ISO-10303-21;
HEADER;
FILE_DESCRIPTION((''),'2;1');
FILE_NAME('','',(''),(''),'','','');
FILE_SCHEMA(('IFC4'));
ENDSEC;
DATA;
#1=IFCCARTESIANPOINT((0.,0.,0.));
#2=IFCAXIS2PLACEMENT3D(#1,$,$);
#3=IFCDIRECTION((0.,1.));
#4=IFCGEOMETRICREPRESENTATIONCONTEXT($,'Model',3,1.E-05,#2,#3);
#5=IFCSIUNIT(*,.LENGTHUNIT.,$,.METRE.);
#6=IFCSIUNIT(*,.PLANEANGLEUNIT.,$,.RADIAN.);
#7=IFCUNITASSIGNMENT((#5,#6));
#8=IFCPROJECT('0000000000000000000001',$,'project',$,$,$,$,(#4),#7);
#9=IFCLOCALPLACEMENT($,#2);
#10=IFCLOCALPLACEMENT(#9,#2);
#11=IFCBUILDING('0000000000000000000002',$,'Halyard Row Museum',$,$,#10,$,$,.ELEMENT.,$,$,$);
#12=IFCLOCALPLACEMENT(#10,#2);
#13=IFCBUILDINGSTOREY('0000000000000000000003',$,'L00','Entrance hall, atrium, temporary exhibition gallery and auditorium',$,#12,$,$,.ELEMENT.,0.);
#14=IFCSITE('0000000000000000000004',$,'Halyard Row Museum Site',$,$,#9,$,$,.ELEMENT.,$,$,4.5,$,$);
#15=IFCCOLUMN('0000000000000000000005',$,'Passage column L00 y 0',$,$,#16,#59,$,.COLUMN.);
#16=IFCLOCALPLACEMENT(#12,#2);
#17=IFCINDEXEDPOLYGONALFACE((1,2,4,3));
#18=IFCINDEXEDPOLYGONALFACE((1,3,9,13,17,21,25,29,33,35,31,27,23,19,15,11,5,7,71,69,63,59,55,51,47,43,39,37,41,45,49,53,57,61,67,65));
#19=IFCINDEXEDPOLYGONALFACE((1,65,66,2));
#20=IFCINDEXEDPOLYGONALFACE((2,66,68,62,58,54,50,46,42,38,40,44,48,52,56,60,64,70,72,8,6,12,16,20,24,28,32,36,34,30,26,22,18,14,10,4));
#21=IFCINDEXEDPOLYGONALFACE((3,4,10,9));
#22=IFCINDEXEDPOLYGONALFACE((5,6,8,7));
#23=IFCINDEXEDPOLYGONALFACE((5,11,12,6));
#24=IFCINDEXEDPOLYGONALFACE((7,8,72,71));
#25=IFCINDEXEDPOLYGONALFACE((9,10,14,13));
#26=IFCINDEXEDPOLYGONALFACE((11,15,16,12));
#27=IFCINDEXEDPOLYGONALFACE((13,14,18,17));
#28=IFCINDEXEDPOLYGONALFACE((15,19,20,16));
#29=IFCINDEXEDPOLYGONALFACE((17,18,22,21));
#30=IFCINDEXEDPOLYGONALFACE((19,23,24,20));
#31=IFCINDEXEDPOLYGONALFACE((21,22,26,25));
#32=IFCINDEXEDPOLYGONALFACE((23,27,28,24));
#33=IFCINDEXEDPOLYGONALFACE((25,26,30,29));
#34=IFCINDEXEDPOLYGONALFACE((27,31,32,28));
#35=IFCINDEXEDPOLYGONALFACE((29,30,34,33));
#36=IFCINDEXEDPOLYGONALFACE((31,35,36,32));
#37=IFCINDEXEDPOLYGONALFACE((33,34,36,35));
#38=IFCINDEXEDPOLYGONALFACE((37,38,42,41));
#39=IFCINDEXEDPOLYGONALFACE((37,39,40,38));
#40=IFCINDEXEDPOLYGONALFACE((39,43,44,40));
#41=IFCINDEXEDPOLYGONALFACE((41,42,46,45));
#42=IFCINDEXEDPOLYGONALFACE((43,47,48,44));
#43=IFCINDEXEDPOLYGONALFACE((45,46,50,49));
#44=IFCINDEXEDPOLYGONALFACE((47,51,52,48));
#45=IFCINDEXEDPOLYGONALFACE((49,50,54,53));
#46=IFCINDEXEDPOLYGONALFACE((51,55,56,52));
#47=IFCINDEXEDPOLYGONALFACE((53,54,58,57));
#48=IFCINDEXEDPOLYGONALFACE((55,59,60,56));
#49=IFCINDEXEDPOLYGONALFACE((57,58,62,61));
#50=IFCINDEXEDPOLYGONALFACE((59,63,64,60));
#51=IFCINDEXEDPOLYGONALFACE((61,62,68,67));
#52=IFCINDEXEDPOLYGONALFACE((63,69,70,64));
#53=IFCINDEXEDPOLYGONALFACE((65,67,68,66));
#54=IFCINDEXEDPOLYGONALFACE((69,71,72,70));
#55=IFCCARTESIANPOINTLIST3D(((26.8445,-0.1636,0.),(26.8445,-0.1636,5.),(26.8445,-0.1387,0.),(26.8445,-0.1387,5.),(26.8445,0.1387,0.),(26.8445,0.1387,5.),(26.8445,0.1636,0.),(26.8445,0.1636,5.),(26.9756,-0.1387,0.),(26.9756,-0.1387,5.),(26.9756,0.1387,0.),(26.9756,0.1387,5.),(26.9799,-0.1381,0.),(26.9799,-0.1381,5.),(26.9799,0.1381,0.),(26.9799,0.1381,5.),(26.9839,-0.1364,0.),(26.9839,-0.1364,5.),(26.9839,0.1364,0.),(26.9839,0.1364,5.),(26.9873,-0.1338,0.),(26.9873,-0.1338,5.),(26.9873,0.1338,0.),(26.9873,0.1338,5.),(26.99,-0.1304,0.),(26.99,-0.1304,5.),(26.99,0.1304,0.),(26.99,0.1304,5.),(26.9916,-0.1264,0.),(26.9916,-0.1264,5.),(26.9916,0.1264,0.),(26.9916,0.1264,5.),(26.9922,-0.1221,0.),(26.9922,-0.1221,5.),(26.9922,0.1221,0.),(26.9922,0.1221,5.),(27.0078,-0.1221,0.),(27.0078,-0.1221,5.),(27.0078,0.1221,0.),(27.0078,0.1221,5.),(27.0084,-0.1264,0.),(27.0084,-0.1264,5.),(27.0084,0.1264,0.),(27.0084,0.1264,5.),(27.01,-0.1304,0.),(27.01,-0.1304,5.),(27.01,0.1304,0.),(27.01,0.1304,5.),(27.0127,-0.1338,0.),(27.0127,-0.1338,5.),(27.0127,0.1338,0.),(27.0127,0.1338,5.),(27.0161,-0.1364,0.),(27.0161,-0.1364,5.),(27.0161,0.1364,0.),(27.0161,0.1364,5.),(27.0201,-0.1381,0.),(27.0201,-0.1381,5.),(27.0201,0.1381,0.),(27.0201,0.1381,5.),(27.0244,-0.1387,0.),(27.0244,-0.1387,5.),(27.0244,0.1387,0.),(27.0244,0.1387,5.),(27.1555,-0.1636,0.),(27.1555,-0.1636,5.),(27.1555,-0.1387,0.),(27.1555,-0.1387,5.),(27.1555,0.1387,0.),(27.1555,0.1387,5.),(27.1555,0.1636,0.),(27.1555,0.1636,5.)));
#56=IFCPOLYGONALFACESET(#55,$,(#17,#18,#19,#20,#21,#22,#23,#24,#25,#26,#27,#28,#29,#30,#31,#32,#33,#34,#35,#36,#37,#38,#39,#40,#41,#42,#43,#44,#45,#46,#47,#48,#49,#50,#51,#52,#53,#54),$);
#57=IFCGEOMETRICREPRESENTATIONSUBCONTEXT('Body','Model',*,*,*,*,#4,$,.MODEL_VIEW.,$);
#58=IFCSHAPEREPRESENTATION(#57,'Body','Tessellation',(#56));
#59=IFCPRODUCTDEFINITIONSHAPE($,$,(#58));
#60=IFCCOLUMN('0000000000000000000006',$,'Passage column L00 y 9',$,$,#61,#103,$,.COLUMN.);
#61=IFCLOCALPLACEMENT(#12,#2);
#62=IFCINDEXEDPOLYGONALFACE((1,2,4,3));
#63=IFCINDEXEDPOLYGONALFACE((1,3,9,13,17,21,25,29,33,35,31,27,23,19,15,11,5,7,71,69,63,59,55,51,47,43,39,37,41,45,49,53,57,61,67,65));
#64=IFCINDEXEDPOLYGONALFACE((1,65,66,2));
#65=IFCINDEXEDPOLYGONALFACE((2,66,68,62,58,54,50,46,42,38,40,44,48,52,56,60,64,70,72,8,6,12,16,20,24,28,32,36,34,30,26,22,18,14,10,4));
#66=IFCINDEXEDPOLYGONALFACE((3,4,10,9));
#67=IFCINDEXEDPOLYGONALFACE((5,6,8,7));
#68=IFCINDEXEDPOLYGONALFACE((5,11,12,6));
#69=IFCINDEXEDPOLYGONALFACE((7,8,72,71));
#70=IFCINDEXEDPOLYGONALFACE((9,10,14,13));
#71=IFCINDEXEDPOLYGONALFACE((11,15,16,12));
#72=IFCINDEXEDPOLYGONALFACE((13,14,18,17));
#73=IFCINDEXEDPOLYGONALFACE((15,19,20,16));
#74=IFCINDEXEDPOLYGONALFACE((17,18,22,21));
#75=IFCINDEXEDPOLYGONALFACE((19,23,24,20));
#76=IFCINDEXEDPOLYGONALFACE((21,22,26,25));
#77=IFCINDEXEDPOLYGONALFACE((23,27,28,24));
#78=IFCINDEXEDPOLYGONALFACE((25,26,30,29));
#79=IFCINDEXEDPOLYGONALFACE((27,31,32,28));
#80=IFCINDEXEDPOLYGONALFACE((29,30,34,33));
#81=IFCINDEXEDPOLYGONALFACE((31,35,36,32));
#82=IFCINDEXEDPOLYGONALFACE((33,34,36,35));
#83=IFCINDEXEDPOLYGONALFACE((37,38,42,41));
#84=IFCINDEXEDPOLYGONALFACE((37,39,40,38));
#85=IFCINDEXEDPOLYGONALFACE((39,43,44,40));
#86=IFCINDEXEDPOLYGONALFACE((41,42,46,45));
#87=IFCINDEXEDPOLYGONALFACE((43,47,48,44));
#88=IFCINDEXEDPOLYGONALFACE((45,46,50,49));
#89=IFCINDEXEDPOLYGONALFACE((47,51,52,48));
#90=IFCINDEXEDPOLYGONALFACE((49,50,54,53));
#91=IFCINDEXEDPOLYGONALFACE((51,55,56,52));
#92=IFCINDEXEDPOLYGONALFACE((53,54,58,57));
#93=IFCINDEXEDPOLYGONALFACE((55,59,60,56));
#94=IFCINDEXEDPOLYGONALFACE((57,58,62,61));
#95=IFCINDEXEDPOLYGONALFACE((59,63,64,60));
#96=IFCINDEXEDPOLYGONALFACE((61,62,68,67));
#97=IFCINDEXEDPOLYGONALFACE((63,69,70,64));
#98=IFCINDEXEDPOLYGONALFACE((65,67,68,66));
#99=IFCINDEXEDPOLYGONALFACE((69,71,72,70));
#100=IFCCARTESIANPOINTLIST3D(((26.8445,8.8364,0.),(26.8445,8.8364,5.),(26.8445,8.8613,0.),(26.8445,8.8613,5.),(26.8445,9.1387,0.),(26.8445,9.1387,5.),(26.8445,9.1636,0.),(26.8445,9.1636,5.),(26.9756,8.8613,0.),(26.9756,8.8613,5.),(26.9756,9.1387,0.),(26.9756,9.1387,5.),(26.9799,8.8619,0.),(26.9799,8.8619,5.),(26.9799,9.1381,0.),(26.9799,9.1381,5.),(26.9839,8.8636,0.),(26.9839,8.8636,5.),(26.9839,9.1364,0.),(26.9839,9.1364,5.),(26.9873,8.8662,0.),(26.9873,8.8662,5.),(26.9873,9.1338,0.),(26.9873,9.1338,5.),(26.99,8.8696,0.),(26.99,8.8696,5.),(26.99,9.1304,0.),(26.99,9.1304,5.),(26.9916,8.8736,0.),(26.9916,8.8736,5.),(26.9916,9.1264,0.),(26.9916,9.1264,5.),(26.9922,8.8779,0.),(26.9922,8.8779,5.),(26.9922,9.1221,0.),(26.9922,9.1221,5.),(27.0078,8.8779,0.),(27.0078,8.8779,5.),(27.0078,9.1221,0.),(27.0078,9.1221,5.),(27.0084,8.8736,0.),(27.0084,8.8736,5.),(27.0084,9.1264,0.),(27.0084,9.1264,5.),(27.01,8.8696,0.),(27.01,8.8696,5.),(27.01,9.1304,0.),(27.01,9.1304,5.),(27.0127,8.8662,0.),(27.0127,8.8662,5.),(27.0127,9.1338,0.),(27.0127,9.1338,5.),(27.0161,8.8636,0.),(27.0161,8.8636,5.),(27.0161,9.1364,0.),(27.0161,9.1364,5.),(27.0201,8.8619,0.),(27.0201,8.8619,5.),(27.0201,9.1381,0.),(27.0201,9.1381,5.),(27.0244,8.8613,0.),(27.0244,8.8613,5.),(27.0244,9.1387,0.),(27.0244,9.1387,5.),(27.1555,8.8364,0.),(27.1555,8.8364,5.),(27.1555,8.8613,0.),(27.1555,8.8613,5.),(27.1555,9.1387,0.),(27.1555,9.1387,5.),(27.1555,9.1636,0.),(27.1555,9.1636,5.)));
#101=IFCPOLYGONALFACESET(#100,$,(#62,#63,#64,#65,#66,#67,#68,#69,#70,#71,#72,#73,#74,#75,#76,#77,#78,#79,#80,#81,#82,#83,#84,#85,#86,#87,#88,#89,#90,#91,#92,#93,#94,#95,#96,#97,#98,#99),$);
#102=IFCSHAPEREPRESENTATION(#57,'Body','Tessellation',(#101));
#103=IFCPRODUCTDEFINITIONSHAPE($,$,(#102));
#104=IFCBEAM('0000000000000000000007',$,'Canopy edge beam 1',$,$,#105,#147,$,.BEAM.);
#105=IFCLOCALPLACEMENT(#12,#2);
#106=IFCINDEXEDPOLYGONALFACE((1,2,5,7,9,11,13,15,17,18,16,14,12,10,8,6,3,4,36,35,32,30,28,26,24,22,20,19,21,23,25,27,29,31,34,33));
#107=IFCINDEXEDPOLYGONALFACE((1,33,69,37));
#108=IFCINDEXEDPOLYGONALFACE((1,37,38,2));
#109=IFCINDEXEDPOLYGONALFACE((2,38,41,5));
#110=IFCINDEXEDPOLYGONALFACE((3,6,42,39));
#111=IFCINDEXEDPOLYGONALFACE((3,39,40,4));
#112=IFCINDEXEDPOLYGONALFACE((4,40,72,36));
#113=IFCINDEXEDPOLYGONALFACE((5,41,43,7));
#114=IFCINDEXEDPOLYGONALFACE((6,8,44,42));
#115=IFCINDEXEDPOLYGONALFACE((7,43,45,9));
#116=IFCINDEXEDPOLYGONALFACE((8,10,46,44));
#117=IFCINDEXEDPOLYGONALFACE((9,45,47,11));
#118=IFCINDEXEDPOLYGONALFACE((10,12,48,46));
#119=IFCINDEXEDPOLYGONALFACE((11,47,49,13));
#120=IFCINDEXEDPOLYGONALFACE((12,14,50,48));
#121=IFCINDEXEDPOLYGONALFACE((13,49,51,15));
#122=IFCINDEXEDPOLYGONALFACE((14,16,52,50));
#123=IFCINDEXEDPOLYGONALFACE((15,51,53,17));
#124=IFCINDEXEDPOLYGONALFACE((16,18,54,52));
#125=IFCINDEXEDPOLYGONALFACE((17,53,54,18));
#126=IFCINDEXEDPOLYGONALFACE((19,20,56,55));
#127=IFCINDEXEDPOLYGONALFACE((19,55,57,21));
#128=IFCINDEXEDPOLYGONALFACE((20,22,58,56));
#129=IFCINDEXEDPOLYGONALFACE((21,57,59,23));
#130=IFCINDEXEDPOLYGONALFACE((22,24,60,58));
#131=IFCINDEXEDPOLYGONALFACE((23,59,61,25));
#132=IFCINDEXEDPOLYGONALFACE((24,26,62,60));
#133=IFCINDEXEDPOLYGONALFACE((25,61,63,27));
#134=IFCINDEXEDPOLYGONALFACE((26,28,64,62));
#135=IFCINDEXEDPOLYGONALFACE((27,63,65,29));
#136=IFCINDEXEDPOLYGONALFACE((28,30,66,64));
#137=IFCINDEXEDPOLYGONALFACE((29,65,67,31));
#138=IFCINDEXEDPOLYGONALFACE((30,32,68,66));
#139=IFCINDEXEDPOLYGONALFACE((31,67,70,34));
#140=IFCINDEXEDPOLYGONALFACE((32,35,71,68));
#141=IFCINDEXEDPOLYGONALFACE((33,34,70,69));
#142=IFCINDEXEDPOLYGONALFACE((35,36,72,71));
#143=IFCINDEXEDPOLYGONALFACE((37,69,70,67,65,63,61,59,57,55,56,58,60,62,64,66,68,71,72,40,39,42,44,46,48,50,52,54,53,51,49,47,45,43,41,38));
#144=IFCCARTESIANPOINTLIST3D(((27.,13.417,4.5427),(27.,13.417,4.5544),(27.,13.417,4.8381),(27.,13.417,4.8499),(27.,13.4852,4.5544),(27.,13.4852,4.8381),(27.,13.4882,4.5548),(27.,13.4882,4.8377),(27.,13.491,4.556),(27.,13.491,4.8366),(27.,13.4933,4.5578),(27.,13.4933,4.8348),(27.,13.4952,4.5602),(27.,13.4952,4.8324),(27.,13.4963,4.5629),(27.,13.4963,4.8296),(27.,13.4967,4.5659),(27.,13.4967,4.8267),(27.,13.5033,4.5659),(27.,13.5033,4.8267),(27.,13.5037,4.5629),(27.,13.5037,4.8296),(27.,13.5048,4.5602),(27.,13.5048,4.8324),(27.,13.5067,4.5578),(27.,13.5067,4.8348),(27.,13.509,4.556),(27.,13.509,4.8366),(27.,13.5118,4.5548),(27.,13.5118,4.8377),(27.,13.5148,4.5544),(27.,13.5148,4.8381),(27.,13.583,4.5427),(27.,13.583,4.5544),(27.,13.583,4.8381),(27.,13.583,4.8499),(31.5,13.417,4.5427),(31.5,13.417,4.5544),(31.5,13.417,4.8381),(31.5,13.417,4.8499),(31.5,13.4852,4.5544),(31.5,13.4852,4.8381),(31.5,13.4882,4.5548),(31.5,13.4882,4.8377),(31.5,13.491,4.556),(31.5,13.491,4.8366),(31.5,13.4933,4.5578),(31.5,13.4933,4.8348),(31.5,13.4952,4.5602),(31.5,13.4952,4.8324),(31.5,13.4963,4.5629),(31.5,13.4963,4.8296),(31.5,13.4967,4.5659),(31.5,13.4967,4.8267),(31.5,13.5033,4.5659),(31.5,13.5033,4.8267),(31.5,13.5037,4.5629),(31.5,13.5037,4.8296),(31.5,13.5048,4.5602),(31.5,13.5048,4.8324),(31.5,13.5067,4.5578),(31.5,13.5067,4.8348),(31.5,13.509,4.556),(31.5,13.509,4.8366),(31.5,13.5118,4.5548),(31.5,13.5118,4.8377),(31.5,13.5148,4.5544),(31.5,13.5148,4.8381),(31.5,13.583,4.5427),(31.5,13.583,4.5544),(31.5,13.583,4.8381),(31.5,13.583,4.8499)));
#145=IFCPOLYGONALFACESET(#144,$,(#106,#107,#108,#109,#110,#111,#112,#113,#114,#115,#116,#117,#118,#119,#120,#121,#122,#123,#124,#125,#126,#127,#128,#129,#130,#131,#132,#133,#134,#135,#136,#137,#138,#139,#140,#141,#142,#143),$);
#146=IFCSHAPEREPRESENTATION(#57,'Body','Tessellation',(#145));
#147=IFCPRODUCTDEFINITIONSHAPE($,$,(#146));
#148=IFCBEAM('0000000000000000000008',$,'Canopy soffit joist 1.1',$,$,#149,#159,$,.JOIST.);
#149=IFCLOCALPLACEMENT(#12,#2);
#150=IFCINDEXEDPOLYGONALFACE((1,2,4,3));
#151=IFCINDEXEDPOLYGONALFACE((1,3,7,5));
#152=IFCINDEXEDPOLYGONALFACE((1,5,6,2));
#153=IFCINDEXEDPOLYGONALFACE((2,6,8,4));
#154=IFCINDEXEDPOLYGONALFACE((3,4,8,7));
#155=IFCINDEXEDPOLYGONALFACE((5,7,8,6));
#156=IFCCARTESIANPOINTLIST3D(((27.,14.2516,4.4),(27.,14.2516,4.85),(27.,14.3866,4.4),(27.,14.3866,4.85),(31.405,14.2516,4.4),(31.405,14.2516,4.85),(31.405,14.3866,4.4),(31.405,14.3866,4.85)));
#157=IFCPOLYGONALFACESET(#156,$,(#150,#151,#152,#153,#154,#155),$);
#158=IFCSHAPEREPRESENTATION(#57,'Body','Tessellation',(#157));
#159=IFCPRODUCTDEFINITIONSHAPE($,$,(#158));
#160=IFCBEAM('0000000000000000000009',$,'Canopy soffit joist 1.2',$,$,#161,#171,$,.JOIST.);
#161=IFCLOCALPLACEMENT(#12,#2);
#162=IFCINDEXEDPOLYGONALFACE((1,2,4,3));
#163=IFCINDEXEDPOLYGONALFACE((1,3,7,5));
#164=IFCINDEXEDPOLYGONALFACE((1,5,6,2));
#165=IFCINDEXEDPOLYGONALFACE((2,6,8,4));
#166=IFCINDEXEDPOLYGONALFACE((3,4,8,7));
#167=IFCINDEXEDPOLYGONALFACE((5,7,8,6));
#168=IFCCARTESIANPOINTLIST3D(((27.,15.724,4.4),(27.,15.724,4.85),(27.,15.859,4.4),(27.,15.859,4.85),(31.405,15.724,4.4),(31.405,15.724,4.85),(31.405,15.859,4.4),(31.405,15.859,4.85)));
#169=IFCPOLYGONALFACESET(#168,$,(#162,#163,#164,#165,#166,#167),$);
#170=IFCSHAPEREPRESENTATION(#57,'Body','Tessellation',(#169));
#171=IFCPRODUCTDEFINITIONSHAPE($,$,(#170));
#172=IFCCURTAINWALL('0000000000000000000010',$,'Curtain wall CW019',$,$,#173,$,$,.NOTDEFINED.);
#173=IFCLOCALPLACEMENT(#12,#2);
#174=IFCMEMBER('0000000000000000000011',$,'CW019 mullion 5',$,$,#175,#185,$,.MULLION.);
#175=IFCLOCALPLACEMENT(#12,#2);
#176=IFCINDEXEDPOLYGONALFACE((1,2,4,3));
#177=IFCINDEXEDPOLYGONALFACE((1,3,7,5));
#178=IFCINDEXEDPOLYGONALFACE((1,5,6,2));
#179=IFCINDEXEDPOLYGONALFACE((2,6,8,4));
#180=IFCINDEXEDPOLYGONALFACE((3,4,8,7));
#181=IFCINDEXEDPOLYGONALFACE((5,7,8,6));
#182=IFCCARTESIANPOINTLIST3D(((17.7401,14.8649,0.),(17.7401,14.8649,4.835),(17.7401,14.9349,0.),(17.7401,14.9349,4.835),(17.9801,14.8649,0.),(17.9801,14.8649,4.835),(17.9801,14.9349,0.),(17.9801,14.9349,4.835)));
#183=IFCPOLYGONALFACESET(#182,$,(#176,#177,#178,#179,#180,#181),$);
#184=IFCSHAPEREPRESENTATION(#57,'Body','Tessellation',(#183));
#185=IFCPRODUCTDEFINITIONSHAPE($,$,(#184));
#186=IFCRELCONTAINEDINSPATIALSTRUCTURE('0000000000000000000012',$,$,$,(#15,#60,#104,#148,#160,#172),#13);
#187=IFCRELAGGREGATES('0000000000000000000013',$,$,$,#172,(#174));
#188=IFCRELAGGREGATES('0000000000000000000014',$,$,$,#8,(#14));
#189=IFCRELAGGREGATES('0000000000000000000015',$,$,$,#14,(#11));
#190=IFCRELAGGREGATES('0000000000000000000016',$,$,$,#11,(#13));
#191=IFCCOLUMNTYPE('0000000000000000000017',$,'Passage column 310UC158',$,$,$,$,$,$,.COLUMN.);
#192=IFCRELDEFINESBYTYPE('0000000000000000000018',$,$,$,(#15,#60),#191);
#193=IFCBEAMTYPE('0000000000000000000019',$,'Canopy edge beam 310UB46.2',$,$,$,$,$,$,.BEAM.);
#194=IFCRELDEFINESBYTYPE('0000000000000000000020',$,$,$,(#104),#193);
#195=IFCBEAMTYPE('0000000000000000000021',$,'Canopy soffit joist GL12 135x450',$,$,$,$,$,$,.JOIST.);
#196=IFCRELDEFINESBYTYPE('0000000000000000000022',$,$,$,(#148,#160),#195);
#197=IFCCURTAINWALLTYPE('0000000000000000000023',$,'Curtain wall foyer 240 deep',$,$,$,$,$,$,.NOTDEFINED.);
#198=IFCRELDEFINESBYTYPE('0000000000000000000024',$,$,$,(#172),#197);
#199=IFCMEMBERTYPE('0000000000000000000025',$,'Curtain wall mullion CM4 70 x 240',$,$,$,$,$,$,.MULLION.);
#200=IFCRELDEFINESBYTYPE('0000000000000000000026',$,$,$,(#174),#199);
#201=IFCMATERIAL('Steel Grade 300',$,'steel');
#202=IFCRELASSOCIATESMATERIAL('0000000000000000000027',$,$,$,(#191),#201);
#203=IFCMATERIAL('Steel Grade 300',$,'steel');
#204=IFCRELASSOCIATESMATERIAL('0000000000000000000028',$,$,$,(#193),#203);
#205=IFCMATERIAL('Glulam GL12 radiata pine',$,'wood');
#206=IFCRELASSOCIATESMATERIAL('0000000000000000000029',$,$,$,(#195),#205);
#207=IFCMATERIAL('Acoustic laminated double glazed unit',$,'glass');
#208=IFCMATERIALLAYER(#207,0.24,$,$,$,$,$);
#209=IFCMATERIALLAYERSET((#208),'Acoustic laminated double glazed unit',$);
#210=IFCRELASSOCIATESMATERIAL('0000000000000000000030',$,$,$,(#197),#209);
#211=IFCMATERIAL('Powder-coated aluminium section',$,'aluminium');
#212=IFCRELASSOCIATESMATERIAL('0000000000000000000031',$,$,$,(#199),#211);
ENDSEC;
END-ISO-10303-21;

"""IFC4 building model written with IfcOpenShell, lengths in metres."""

from ifc_helpers import new_model, si_unit, direction, frame, origin, origin_2d, place, context, subcontext, project, spatial, rectangle, i_section, extrude, material, layer, layer_set, material_profile, profile_set, type_object, element, aggregate, save


model = new_model("IFC4")

# Units and contexts
model_context = context("Model", 3, precision=1e-05, world=origin(), true_north=direction((0.0, 1.0)))
body_context = subcontext(model_context, "Body", "Model", "MODEL_VIEW")
ifc_project = project(units=[si_unit("LENGTHUNIT", "METRE"), si_unit("PLANEANGLEUNIT", "RADIAN")], contexts=[model_context])

# Site, building, storey
site_placement = place(None, origin())
site = spatial("IfcSite", under=ifc_project, at=site_placement, Name="Halyard Row Museum Site", CompositionType="ELEMENT", RefElevation=4.5)
building_placement = place(site_placement, origin())
building = spatial("IfcBuilding", under=site, at=building_placement, Name="Halyard Row Museum", CompositionType="ELEMENT")
storey_placement = place(building_placement, origin())
storey = spatial("IfcBuildingStorey", under=building, at=storey_placement, Name="L00", Description="Entrance hall, atrium, temporary exhibition gallery and auditorium", CompositionType="ELEMENT", Elevation=0.0)

# Columns
ifc_material_1 = material(Name="Steel Grade 300", Category="steel")
ifc_material_profile_1 = material_profile(ifc_material_1, i_section(OverallWidth=0.311, OverallDepth=0.3271, WebThickness=0.0156, FlangeThickness=0.0249, FilletRadius=0.0166, at=origin_2d()), Name="310UC158")
ifc_profile_set_1 = profile_set([ifc_material_profile_1], Name="Steel Grade 300")
column_type = type_object("IfcColumnType", Name="Passage column 310UC158", PredefinedType="COLUMN", material=ifc_profile_set_1)
for number, where, z_axis, x_axis, name in (
    (1, (27.0, 0.0, 0.0), (0.0, 0.0, 1.0), (1.0, 0.0, 0.0), "Passage column L00 y 0"),
    (2, (27.0, 9.0, 0.0), (0.0, 0.0, 1.0), (1.0, 0.0, 0.0), "Passage column L00 y 9"),
):
    element("IfcColumn", number, at=place(storey_placement, frame(where, z_axis=z_axis, x_axis=x_axis)), inside=storey, type_object=column_type, Name=name, PredefinedType="COLUMN", context=body_context, shape_type="SweptSolid", body=[
        extrude(i_section(OverallWidth=0.311, OverallDepth=0.3271, WebThickness=0.0156, FlangeThickness=0.0249, FilletRadius=0.0166, at=origin_2d()), origin(), (0.0, 0.0, 1.0), 5.0),
    ])

# Beams
ifc_material_2 = material(Name="Steel Grade 300", Category="steel")
ifc_material_profile_2 = material_profile(ifc_material_2, i_section(OverallWidth=0.166, OverallDepth=0.3071, WebThickness=0.0066, FlangeThickness=0.0117, FilletRadius=0.0115, at=origin_2d()), Name="310UB46.2")
ifc_profile_set_2 = profile_set([ifc_material_profile_2], Name="Steel Grade 300")
beam_type_1 = type_object("IfcBeamType", Name="Canopy edge beam 310UB46.2", PredefinedType="BEAM", material=ifc_profile_set_2)
beam_1_placement = place(storey_placement, frame((27.0, 13.5, 4.6963), z_axis=(1.0, 0.0, 0.0), x_axis=(0.0, 1.0, 0.0)))
element("IfcBeam", 3, at=beam_1_placement, inside=storey, type_object=beam_type_1, Name="Canopy edge beam 1", PredefinedType="BEAM", context=body_context, shape_type="SweptSolid", body=[
    extrude(i_section(OverallWidth=0.166, OverallDepth=0.3071, WebThickness=0.0066, FlangeThickness=0.0117, FilletRadius=0.0115, at=origin_2d()), origin(), (0.0, 0.0, 1.0), 4.5),
])
ifc_material_3 = material(Name="Glulam GL12 radiata pine", Category="wood")
ifc_material_profile_3 = material_profile(ifc_material_3, rectangle(XDim=0.135, YDim=0.45, at=origin_2d()), Name="GL12 135x450")
ifc_profile_set_3 = profile_set([ifc_material_profile_3], Name="Glulam GL12 radiata pine")
beam_type_2 = type_object("IfcBeamType", Name="Canopy soffit joist GL12 135x450", PredefinedType="JOIST", material=ifc_profile_set_3)
for number, where, z_axis, x_axis, name in (
    (4, (27.0, 14.3191, 4.625), (1.0, 0.0, 0.0), (0.0, 1.0, 0.0), "Canopy soffit joist 1.1"),
    (5, (27.0, 15.7915, 4.625), (1.0, 0.0, 0.0), (0.0, 1.0, 0.0), "Canopy soffit joist 1.2"),
):
    element("IfcBeam", number, at=place(storey_placement, frame(where, z_axis=z_axis, x_axis=x_axis)), inside=storey, type_object=beam_type_2, Name=name, PredefinedType="JOIST", context=body_context, shape_type="SweptSolid", body=[
        extrude(rectangle(XDim=0.135, YDim=0.45, at=origin_2d()), origin(), (0.0, 0.0, 1.0), 4.405),
    ])

# Curtain wall, member
ifc_material_4 = material(Name="Acoustic laminated double glazed unit", Category="glass")
ifc_layer_1 = layer(ifc_material_4, 0.24)
ifc_layer_set_1 = layer_set([ifc_layer_1], Name="Acoustic laminated double glazed unit")
curtain_wall_type = type_object("IfcCurtainWallType", Name="Curtain wall foyer 240 deep", PredefinedType="NOTDEFINED", material=ifc_layer_set_1)
curtain_wall_placement = place(storey_placement, origin())
curtain_wall = element("IfcCurtainWall", 6, at=curtain_wall_placement, inside=storey, type_object=curtain_wall_type, Name="Curtain wall CW019", PredefinedType="NOTDEFINED")
ifc_material_5 = material(Name="Powder-coated aluminium section", Category="aluminium")
ifc_material_profile_4 = material_profile(ifc_material_5, rectangle(XDim=0.24, YDim=0.0701, at=origin_2d()), Name="240x70 mullion")
ifc_profile_set_4 = profile_set([ifc_material_profile_4], Name="Powder-coated aluminium section")
member_type_1 = type_object("IfcMemberType", Name="Curtain wall mullion CM4 70 x 240", PredefinedType="MULLION", material=ifc_profile_set_4)
member_1_placement = place(storey_placement, frame((17.8601, 14.8999, 0.0), z_axis=(0.0, 0.0, 1.0), x_axis=(-1.0, 0.0, 0.0)))
member_1 = element("IfcMember", 7, at=member_1_placement, type_object=member_type_1, Name="CW019 mullion 5", PredefinedType="MULLION", context=body_context, shape_type="SweptSolid", body=[
    extrude(rectangle(XDim=0.24, YDim=0.0701, at=origin_2d()), origin(), (0.0, 0.0, 1.0), 4.835),
])

aggregate(curtain_wall, [member_1])

save(model, "model.ifc")
